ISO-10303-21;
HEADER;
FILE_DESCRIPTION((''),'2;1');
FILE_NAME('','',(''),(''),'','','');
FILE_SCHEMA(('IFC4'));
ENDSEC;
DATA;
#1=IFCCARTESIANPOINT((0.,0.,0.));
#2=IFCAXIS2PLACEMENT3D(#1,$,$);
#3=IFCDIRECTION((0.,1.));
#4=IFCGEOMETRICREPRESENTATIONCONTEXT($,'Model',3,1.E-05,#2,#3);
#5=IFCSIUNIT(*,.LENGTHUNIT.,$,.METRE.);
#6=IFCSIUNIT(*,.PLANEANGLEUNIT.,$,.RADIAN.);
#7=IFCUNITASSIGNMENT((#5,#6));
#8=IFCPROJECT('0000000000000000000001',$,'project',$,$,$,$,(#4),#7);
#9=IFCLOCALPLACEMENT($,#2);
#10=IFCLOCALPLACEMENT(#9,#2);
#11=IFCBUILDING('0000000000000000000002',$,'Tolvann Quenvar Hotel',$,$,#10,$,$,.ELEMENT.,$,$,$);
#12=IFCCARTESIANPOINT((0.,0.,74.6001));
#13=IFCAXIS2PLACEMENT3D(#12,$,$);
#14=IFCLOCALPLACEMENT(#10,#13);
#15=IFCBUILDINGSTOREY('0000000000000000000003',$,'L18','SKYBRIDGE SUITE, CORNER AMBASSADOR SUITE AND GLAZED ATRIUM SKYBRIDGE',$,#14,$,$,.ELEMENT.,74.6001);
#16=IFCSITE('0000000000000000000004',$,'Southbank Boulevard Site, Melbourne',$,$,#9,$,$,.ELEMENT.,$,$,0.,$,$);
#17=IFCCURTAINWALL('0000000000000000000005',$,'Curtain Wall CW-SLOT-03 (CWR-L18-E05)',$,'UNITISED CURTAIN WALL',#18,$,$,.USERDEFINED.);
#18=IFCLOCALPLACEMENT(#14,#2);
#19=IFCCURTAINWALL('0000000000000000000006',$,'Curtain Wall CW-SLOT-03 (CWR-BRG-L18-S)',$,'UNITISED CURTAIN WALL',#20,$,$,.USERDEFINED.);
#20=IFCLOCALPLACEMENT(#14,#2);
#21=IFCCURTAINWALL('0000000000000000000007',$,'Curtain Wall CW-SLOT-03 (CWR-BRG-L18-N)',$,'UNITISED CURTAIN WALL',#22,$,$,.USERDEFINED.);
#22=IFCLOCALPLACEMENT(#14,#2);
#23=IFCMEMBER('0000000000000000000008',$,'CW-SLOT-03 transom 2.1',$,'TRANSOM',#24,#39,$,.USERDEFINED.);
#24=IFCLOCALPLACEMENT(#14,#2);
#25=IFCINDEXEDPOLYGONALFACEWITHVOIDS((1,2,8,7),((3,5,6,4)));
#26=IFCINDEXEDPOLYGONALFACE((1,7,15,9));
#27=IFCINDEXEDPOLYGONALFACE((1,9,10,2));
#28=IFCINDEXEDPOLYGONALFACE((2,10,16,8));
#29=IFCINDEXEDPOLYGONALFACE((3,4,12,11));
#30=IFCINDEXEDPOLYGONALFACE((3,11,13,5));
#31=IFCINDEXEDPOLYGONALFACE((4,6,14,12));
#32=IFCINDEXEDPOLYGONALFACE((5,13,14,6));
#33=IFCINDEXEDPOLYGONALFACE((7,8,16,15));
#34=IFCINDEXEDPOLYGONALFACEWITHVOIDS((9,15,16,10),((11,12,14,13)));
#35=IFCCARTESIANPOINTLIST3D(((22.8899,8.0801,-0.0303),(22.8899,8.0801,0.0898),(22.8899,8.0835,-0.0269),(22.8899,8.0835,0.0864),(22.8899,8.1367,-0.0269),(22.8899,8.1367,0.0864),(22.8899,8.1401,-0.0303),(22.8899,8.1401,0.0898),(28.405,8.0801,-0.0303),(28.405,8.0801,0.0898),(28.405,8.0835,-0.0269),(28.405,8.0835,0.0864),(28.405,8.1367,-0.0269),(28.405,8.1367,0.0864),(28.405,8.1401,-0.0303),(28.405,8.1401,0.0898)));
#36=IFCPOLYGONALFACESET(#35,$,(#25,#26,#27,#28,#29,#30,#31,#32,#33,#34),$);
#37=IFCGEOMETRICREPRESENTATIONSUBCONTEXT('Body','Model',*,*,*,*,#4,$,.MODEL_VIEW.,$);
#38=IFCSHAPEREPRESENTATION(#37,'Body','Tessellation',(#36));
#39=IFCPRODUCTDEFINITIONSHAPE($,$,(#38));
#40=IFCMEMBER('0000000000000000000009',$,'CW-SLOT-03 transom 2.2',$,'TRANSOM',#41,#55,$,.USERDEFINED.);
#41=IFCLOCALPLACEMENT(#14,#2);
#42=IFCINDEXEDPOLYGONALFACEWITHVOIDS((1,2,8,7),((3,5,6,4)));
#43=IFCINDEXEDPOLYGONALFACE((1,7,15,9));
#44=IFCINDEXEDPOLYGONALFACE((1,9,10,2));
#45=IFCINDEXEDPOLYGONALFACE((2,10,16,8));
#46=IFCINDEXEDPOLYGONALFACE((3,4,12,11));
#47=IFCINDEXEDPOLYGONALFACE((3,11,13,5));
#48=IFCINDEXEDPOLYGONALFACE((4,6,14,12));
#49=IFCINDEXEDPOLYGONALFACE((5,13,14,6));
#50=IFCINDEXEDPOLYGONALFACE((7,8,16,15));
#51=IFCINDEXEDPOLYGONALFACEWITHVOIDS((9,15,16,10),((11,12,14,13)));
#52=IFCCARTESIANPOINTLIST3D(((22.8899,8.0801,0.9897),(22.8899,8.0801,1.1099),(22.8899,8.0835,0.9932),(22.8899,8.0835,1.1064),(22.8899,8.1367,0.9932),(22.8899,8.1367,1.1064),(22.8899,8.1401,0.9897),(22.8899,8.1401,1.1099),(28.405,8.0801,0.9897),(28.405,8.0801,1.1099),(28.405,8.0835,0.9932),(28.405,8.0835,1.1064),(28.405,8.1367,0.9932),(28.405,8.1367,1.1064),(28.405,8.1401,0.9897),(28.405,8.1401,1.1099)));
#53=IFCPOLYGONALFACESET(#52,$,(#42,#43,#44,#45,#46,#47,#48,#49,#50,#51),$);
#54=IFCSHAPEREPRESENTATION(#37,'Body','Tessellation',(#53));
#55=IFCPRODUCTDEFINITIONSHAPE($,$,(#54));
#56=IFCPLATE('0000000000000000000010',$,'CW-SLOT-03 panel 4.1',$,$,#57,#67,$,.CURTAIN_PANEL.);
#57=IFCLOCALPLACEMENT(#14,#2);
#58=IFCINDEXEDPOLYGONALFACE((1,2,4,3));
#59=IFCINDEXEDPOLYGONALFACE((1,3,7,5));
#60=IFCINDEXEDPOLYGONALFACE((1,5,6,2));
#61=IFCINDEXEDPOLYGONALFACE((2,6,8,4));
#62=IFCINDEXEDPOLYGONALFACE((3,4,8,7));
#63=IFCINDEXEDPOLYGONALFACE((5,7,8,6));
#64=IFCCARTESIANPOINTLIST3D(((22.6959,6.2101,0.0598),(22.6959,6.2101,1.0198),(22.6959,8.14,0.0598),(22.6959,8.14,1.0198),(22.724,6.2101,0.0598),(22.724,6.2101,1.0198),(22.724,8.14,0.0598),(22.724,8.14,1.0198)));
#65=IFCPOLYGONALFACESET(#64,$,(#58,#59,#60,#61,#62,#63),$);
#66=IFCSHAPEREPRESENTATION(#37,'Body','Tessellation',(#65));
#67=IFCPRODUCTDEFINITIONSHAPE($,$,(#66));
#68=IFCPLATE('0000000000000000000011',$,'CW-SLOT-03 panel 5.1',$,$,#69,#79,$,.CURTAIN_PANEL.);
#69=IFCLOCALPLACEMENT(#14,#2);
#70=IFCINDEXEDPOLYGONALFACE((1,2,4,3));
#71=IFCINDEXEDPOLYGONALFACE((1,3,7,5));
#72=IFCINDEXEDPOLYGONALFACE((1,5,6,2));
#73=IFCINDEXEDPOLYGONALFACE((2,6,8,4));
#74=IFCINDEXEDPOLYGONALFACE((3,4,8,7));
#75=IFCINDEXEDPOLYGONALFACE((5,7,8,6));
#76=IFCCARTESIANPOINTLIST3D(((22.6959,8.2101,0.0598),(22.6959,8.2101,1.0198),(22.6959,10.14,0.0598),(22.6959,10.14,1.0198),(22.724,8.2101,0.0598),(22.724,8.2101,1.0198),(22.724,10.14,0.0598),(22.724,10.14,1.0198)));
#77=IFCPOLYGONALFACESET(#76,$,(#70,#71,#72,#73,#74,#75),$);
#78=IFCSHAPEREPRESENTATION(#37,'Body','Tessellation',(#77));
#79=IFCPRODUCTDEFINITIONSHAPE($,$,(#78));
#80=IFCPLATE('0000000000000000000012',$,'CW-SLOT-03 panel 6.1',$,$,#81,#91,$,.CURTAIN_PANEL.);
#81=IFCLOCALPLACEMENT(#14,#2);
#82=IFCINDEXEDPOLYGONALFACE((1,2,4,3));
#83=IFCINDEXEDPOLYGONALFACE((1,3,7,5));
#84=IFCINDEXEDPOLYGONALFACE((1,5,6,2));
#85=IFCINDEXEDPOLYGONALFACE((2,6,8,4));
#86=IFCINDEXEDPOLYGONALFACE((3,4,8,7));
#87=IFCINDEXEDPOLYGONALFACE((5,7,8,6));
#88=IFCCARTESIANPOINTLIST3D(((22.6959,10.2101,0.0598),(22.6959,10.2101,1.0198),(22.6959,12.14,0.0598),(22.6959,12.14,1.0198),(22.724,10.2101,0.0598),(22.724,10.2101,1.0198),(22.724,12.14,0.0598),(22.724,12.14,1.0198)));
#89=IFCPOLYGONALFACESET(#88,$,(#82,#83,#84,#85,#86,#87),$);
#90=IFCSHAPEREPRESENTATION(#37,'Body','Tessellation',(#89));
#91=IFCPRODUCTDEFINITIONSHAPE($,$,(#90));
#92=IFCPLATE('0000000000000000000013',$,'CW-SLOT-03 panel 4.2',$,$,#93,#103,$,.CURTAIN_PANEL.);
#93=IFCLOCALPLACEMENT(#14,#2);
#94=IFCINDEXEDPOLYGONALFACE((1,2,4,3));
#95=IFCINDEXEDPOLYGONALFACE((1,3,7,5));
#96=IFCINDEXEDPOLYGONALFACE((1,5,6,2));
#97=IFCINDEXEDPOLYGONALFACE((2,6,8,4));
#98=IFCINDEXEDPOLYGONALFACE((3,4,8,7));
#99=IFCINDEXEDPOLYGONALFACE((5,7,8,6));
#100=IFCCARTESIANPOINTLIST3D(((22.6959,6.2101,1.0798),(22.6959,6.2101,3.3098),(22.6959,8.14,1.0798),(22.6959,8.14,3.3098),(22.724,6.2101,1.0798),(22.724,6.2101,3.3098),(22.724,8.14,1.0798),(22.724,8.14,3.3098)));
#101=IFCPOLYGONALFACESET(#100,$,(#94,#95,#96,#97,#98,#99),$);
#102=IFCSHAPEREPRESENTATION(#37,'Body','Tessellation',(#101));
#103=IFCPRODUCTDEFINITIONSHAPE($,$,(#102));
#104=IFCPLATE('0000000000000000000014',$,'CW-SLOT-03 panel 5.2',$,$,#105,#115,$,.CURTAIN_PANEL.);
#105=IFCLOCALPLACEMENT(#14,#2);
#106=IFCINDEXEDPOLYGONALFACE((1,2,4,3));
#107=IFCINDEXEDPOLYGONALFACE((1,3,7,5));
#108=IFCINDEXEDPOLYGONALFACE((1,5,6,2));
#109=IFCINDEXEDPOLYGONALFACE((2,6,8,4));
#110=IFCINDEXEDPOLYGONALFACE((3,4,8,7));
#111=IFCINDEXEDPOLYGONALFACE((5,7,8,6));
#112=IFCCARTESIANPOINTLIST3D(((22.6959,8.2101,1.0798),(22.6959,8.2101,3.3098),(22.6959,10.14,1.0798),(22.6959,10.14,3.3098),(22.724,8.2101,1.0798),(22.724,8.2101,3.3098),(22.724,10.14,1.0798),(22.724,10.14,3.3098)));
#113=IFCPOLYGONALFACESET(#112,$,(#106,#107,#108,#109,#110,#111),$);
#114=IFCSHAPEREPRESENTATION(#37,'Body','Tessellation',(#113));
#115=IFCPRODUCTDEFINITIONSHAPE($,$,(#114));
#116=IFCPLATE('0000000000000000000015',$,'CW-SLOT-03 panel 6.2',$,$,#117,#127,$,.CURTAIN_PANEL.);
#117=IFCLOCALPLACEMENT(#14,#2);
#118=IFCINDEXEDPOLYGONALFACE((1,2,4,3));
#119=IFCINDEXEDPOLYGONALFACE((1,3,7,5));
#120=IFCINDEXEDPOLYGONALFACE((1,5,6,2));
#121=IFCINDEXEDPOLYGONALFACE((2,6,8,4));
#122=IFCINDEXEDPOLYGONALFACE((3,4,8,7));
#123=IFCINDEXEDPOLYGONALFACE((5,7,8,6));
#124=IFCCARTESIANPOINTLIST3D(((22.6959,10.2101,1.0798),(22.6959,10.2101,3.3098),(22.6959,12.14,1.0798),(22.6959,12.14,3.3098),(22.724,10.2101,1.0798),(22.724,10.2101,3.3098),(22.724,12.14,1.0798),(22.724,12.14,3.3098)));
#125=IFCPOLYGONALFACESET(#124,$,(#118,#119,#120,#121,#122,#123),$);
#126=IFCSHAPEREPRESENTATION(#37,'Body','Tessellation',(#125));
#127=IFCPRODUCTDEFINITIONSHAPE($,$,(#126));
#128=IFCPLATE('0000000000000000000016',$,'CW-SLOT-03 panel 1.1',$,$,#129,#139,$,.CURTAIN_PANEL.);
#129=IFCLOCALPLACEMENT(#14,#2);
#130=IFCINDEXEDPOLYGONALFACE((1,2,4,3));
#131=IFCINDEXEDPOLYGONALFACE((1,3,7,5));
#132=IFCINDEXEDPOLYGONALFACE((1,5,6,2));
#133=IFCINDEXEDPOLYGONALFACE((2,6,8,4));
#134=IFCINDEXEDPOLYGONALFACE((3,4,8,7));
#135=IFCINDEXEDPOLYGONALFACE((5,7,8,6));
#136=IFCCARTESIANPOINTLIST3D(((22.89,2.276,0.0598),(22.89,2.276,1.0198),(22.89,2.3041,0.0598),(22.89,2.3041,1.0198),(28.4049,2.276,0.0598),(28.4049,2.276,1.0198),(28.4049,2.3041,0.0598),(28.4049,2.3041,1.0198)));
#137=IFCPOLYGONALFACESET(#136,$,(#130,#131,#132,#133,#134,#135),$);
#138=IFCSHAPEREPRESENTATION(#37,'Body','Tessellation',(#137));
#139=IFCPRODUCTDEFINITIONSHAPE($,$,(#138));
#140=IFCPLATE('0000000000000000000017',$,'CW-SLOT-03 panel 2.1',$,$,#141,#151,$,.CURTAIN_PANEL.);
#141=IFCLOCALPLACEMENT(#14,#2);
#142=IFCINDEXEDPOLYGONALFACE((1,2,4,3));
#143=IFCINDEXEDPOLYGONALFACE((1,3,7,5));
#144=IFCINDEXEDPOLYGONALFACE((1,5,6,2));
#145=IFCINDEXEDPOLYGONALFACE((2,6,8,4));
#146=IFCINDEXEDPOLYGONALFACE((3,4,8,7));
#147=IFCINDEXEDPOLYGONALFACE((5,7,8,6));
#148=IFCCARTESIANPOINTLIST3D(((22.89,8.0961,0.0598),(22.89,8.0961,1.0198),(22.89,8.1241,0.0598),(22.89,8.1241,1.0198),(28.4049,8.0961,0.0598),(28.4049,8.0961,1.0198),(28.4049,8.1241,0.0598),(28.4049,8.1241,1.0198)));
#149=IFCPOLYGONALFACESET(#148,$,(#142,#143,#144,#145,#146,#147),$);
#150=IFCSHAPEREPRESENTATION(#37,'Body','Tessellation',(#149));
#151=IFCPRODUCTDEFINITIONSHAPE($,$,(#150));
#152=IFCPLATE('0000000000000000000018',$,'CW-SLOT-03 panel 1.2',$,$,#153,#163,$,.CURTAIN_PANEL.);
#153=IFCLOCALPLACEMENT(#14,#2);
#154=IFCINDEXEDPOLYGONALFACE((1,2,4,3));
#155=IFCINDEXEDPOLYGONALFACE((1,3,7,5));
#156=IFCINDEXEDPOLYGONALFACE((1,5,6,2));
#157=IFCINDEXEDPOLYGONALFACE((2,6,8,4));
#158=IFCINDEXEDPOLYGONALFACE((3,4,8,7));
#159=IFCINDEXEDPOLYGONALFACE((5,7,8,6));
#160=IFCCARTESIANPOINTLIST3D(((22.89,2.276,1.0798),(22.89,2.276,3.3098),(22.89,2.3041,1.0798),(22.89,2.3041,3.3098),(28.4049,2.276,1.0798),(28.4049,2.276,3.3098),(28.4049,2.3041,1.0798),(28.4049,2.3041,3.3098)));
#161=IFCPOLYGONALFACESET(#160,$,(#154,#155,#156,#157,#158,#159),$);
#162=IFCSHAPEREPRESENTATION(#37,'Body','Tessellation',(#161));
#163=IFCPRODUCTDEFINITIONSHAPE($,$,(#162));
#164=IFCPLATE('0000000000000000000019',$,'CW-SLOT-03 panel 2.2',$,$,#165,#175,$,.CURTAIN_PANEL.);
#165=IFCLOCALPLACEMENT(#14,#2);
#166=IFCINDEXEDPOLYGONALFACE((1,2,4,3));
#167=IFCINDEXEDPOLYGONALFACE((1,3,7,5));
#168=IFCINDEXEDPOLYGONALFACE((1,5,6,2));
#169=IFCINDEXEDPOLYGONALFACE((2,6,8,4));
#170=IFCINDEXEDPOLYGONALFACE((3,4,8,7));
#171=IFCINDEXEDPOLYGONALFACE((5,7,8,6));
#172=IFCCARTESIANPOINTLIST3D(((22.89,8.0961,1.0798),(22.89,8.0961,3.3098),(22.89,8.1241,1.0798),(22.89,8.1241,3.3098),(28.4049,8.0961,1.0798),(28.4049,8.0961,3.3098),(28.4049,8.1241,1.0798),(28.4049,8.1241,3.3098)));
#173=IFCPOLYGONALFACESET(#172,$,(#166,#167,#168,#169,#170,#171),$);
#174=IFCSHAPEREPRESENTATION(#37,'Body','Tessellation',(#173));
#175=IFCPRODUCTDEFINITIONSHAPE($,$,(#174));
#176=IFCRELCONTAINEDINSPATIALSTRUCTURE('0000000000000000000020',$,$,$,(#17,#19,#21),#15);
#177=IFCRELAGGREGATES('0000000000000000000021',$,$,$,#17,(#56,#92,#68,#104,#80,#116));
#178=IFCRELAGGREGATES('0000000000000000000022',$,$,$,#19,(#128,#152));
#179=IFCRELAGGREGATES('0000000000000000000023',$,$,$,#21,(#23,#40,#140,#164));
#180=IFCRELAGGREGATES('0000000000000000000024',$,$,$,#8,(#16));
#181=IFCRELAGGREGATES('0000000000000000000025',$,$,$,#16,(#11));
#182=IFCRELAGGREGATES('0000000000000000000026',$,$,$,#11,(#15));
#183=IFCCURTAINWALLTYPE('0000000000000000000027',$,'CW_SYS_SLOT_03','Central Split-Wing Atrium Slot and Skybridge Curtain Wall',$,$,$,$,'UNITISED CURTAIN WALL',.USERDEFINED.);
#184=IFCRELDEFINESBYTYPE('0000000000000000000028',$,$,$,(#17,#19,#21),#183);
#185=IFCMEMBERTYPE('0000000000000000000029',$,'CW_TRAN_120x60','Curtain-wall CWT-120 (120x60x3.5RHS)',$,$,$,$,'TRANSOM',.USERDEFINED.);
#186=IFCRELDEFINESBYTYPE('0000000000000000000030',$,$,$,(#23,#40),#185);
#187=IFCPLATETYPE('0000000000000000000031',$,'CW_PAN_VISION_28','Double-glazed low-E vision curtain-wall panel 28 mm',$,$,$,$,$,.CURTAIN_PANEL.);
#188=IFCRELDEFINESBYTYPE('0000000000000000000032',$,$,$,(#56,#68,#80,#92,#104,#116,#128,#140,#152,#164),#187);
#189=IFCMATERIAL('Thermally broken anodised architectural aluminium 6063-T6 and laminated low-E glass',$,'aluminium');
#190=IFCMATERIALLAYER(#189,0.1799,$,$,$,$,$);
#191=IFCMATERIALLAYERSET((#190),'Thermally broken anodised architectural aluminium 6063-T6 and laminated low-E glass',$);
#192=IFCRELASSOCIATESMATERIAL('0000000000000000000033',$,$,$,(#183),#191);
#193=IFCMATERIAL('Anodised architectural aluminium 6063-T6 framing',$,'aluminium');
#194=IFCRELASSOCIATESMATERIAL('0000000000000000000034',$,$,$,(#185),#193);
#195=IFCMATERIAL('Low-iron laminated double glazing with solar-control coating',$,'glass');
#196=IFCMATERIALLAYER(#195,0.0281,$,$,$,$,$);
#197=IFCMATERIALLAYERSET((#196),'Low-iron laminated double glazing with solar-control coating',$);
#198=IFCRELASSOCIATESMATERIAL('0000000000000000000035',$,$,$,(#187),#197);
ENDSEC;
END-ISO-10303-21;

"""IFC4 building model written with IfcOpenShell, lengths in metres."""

from ifc_helpers import new_model, si_unit, direction, frame, origin, origin_2d, place, context, subcontext, project, spatial, rectangle, hollow_rectangle, extrude, source, transform, mapped, material, layer, layer_set, material_profile, profile_set, type_object, type_shapes, element, aggregate, save


model = new_model("IFC4")

# Units and contexts
model_context = context("Model", 3, precision=1e-05, world=origin(), true_north=direction((0.0, 1.0)))
body_context = subcontext(model_context, "Body", "Model", "MODEL_VIEW")
ifc_project = project(units=[si_unit("LENGTHUNIT", "METRE"), si_unit("PLANEANGLEUNIT", "RADIAN")], contexts=[model_context])

# Site, building, storey
site_placement = place(None, origin())
site = spatial("IfcSite", under=ifc_project, at=site_placement, Name="Southbank Boulevard Site, Melbourne", CompositionType="ELEMENT", RefElevation=0.0)
building_placement = place(site_placement, origin())
building = spatial("IfcBuilding", under=site, at=building_placement, Name="Tolvann Quenvar Hotel", CompositionType="ELEMENT")
storey_placement = place(building_placement, frame((0.0, 0.0, 74.6001)))
storey = spatial("IfcBuildingStorey", under=building, at=storey_placement, Name="L18", Description="SKYBRIDGE SUITE, CORNER AMBASSADOR SUITE AND GLAZED ATRIUM SKYBRIDGE", CompositionType="ELEMENT", Elevation=74.6001)

# Curtain wall
ifc_material_1 = material(Name="Thermally broken anodised architectural aluminium 6063-T6 and laminated low-E glass", Category="aluminium")
ifc_layer_1 = layer(ifc_material_1, 0.1799)
ifc_layer_set_1 = layer_set([ifc_layer_1], Name="Thermally broken anodised architectural aluminium 6063-T6 and laminated low-E glass")
curtain_wall_type = type_object("IfcCurtainWallType", Name="CW_SYS_SLOT_03", Description="Central Split-Wing Atrium Slot and Skybridge Curtain Wall", ElementType="UNITISED CURTAIN WALL", PredefinedType="USERDEFINED", material=ifc_layer_set_1)
curtain_wall_1_placement = place(storey_placement, origin())
curtain_wall_1 = element("IfcCurtainWall", 1, at=curtain_wall_1_placement, inside=storey, type_object=curtain_wall_type, Name="Curtain Wall CW-SLOT-03 (CWR-L18-E05)", ObjectType="UNITISED CURTAIN WALL", PredefinedType="USERDEFINED")
ifc_material_2 = material(Name="Anodised architectural aluminium 6063-T6 framing", Category="aluminium")
ifc_material_profile_1 = material_profile(ifc_material_2, hollow_rectangle(XDim=0.0601, YDim=0.1201, WallThickness=0.0034, at=origin_2d()), Name="120x60x3.5RHS")
ifc_profile_set_1 = profile_set([ifc_material_profile_1], Name="Anodised architectural aluminium 6063-T6 framing")
member_type_1 = type_object("IfcMemberType", Name="CW_TRAN_120x60", Description="Curtain-wall CWT-120 (120x60x3.5RHS)", ElementType="TRANSOM", PredefinedType="USERDEFINED", material=ifc_profile_set_1)

# Curtain walls
curtain_wall_2_placement = place(storey_placement, origin())
curtain_wall_2 = element("IfcCurtainWall", 2, at=curtain_wall_2_placement, inside=storey, type_object=curtain_wall_type, Name="Curtain Wall CW-SLOT-03 (CWR-BRG-L18-S)", ObjectType="UNITISED CURTAIN WALL", PredefinedType="USERDEFINED")
curtain_wall_3_placement = place(storey_placement, origin())
curtain_wall_3 = element("IfcCurtainWall", 3, at=curtain_wall_3_placement, inside=storey, type_object=curtain_wall_type, Name="Curtain Wall CW-SLOT-03 (CWR-BRG-L18-N)", ObjectType="UNITISED CURTAIN WALL", PredefinedType="USERDEFINED")

# Members
shared_shape_1 = source(origin(), body_context, "Body", "SweptSolid", [
    extrude(hollow_rectangle(XDim=0.0601, YDim=0.1201, WallThickness=0.0034, at=origin_2d()), origin(), (0.0, 0.0, 1.0), 5.5151),
])
member_1_placement = place(storey_placement, frame((28.405, 8.1101, 0.0298), z_axis=(-1.0, 0.0, 0.0), x_axis=(0.0, -1.0, 0.0)))
member_1 = element("IfcMember", 4, at=member_1_placement, type_object=member_type_1, Name="CW-SLOT-03 transom 2.1", ObjectType="TRANSOM", PredefinedType="USERDEFINED", context=body_context, shape_type="MappedRepresentation", body=[
    mapped(shared_shape_1, transform((0.0, 0.0, 0.0), x_axis=(1.0, 0.0, 0.0), y_axis=(0.0, 1.0, 0.0), z_axis=(0.0, 0.0, 1.0), scale=1.0)),
])
member_2_placement = place(storey_placement, frame((28.405, 8.1101, 1.0498), z_axis=(-1.0, 0.0, 0.0), x_axis=(0.0, -1.0, 0.0)))
member_2 = element("IfcMember", 5, at=member_2_placement, type_object=member_type_1, Name="CW-SLOT-03 transom 2.2", ObjectType="TRANSOM", PredefinedType="USERDEFINED", context=body_context, shape_type="MappedRepresentation", body=[
    mapped(shared_shape_1, transform((0.0, 0.0, 0.0), x_axis=(1.0, 0.0, 0.0), y_axis=(0.0, 1.0, 0.0), z_axis=(0.0, 0.0, 1.0), scale=1.0)),
])

# Plates
ifc_material_3 = material(Name="Low-iron laminated double glazing with solar-control coating", Category="glass")
ifc_layer_2 = layer(ifc_material_3, 0.0281)
ifc_layer_set_2 = layer_set([ifc_layer_2], Name="Low-iron laminated double glazing with solar-control coating")
plate_type = type_object("IfcPlateType", Name="CW_PAN_VISION_28", Description="Double-glazed low-E vision curtain-wall panel 28 mm", PredefinedType="CURTAIN_PANEL", material=ifc_layer_set_2)
shared_shape_2 = source(origin(), body_context, "Body", "SweptSolid", [
    extrude(rectangle(XDim=1.9299, YDim=0.0281, at=origin_2d()), origin(), (0.0, 0.0, 1.0), 0.96),
])
plate_1_placement = place(storey_placement, frame((22.71, 7.175, 0.0598), z_axis=(0.0, 0.0, 1.0), x_axis=(0.0, 1.0, 0.0)))
plate_1 = element("IfcPlate", 6, at=plate_1_placement, type_object=plate_type, Name="CW-SLOT-03 panel 4.1", PredefinedType="CURTAIN_PANEL", context=body_context, shape_type="MappedRepresentation", body=[
    mapped(shared_shape_2, transform((0.0, 0.0, 0.0), x_axis=(1.0, 0.0, 0.0), y_axis=(0.0, 1.0, 0.0), z_axis=(0.0, 0.0, 1.0), scale=1.0)),
])
plate_2_placement = place(storey_placement, frame((22.71, 9.175, 0.0598), z_axis=(0.0, 0.0, 1.0), x_axis=(0.0, 1.0, 0.0)))
plate_2 = element("IfcPlate", 7, at=plate_2_placement, type_object=plate_type, Name="CW-SLOT-03 panel 5.1", PredefinedType="CURTAIN_PANEL", context=body_context, shape_type="MappedRepresentation", body=[
    mapped(shared_shape_2, transform((0.0, 0.0, 0.0), x_axis=(1.0, 0.0, 0.0), y_axis=(0.0, 1.0, 0.0), z_axis=(0.0, 0.0, 1.0), scale=1.0)),
])
plate_3_placement = place(storey_placement, frame((22.71, 11.175, 0.0598), z_axis=(0.0, 0.0, 1.0), x_axis=(0.0, 1.0, 0.0)))
plate_3 = element("IfcPlate", 8, at=plate_3_placement, type_object=plate_type, Name="CW-SLOT-03 panel 6.1", PredefinedType="CURTAIN_PANEL", context=body_context, shape_type="MappedRepresentation", body=[
    mapped(shared_shape_2, transform((0.0, 0.0, 0.0), x_axis=(1.0, 0.0, 0.0), y_axis=(0.0, 1.0, 0.0), z_axis=(0.0, 0.0, 1.0), scale=1.0)),
])
shared_shape_3 = source(origin(), body_context, "Body", "SweptSolid", [
    extrude(rectangle(XDim=1.9299, YDim=0.0281, at=origin_2d()), origin(), (0.0, 0.0, 1.0), 2.23),
])
plate_4_placement = place(storey_placement, frame((22.71, 7.175, 1.0798), z_axis=(0.0, 0.0, 1.0), x_axis=(0.0, 1.0, 0.0)))
plate_4 = element("IfcPlate", 9, at=plate_4_placement, type_object=plate_type, Name="CW-SLOT-03 panel 4.2", PredefinedType="CURTAIN_PANEL", context=body_context, shape_type="MappedRepresentation", body=[
    mapped(shared_shape_3, transform((0.0, 0.0, 0.0), x_axis=(1.0, 0.0, 0.0), y_axis=(0.0, 1.0, 0.0), z_axis=(0.0, 0.0, 1.0), scale=1.0)),
])
plate_5_placement = place(storey_placement, frame((22.71, 9.175, 1.0798), z_axis=(0.0, 0.0, 1.0), x_axis=(0.0, 1.0, 0.0)))
plate_5 = element("IfcPlate", 10, at=plate_5_placement, type_object=plate_type, Name="CW-SLOT-03 panel 5.2", PredefinedType="CURTAIN_PANEL", context=body_context, shape_type="MappedRepresentation", body=[
    mapped(shared_shape_3, transform((0.0, 0.0, 0.0), x_axis=(1.0, 0.0, 0.0), y_axis=(0.0, 1.0, 0.0), z_axis=(0.0, 0.0, 1.0), scale=1.0)),
])
plate_6_placement = place(storey_placement, frame((22.71, 11.175, 1.0798), z_axis=(0.0, 0.0, 1.0), x_axis=(0.0, 1.0, 0.0)))
plate_6 = element("IfcPlate", 11, at=plate_6_placement, type_object=plate_type, Name="CW-SLOT-03 panel 6.2", PredefinedType="CURTAIN_PANEL", context=body_context, shape_type="MappedRepresentation", body=[
    mapped(shared_shape_3, transform((0.0, 0.0, 0.0), x_axis=(1.0, 0.0, 0.0), y_axis=(0.0, 1.0, 0.0), z_axis=(0.0, 0.0, 1.0), scale=1.0)),
])
aggregate(curtain_wall_1, [plate_1, plate_4, plate_2, plate_5, plate_3, plate_6])
shared_shape_4 = source(origin(), body_context, "Body", "SweptSolid", [
    extrude(rectangle(XDim=5.5149, YDim=0.0281, at=origin_2d()), origin(), (0.0, 0.0, 1.0), 0.96),
])
plate_7_placement = place(storey_placement, frame((25.6475, 2.29, 0.0598), z_axis=(0.0, 0.0, 1.0), x_axis=(1.0, 0.0, 0.0)))
plate_7 = element("IfcPlate", 12, at=plate_7_placement, type_object=plate_type, Name="CW-SLOT-03 panel 1.1", PredefinedType="CURTAIN_PANEL", context=body_context, shape_type="MappedRepresentation", body=[
    mapped(shared_shape_4, transform((0.0, 0.0, 0.0), x_axis=(1.0, 0.0, 0.0), y_axis=(0.0, 1.0, 0.0), z_axis=(0.0, 0.0, 1.0), scale=1.0)),
])
plate_8_placement = place(storey_placement, frame((25.6475, 8.1101, 0.0598), z_axis=(0.0, 0.0, 1.0), x_axis=(-1.0, 0.0, 0.0)))
plate_8 = element("IfcPlate", 13, at=plate_8_placement, type_object=plate_type, Name="CW-SLOT-03 panel 2.1", PredefinedType="CURTAIN_PANEL", context=body_context, shape_type="MappedRepresentation", body=[
    mapped(shared_shape_4, transform((0.0, 0.0, 0.0), x_axis=(1.0, 0.0, 0.0), y_axis=(0.0, 1.0, 0.0), z_axis=(0.0, 0.0, 1.0), scale=1.0)),
])
shared_shape_5 = source(origin(), body_context, "Body", "SweptSolid", [
    extrude(rectangle(XDim=5.5149, YDim=0.0281, at=origin_2d()), origin(), (0.0, 0.0, 1.0), 2.23),
])
type_shapes(plate_type, [shared_shape_2, shared_shape_3, shared_shape_4, shared_shape_5])
plate_9_placement = place(storey_placement, frame((25.6475, 2.29, 1.0798), z_axis=(0.0, 0.0, 1.0), x_axis=(1.0, 0.0, 0.0)))
plate_9 = element("IfcPlate", 14, at=plate_9_placement, type_object=plate_type, Name="CW-SLOT-03 panel 1.2", PredefinedType="CURTAIN_PANEL", context=body_context, shape_type="MappedRepresentation", body=[
    mapped(shared_shape_5, transform((0.0, 0.0, 0.0), x_axis=(1.0, 0.0, 0.0), y_axis=(0.0, 1.0, 0.0), z_axis=(0.0, 0.0, 1.0), scale=1.0)),
])
aggregate(curtain_wall_2, [plate_7, plate_9])
plate_10_placement = place(storey_placement, frame((25.6475, 8.1101, 1.0798), z_axis=(0.0, 0.0, 1.0), x_axis=(-1.0, 0.0, 0.0)))
plate_10 = element("IfcPlate", 15, at=plate_10_placement, type_object=plate_type, Name="CW-SLOT-03 panel 2.2", PredefinedType="CURTAIN_PANEL", context=body_context, shape_type="MappedRepresentation", body=[
    mapped(shared_shape_5, transform((0.0, 0.0, 0.0), x_axis=(1.0, 0.0, 0.0), y_axis=(0.0, 1.0, 0.0), z_axis=(0.0, 0.0, 1.0), scale=1.0)),
])
aggregate(curtain_wall_3, [member_1, member_2, plate_8, plate_10])

save(model, "model.ifc")
